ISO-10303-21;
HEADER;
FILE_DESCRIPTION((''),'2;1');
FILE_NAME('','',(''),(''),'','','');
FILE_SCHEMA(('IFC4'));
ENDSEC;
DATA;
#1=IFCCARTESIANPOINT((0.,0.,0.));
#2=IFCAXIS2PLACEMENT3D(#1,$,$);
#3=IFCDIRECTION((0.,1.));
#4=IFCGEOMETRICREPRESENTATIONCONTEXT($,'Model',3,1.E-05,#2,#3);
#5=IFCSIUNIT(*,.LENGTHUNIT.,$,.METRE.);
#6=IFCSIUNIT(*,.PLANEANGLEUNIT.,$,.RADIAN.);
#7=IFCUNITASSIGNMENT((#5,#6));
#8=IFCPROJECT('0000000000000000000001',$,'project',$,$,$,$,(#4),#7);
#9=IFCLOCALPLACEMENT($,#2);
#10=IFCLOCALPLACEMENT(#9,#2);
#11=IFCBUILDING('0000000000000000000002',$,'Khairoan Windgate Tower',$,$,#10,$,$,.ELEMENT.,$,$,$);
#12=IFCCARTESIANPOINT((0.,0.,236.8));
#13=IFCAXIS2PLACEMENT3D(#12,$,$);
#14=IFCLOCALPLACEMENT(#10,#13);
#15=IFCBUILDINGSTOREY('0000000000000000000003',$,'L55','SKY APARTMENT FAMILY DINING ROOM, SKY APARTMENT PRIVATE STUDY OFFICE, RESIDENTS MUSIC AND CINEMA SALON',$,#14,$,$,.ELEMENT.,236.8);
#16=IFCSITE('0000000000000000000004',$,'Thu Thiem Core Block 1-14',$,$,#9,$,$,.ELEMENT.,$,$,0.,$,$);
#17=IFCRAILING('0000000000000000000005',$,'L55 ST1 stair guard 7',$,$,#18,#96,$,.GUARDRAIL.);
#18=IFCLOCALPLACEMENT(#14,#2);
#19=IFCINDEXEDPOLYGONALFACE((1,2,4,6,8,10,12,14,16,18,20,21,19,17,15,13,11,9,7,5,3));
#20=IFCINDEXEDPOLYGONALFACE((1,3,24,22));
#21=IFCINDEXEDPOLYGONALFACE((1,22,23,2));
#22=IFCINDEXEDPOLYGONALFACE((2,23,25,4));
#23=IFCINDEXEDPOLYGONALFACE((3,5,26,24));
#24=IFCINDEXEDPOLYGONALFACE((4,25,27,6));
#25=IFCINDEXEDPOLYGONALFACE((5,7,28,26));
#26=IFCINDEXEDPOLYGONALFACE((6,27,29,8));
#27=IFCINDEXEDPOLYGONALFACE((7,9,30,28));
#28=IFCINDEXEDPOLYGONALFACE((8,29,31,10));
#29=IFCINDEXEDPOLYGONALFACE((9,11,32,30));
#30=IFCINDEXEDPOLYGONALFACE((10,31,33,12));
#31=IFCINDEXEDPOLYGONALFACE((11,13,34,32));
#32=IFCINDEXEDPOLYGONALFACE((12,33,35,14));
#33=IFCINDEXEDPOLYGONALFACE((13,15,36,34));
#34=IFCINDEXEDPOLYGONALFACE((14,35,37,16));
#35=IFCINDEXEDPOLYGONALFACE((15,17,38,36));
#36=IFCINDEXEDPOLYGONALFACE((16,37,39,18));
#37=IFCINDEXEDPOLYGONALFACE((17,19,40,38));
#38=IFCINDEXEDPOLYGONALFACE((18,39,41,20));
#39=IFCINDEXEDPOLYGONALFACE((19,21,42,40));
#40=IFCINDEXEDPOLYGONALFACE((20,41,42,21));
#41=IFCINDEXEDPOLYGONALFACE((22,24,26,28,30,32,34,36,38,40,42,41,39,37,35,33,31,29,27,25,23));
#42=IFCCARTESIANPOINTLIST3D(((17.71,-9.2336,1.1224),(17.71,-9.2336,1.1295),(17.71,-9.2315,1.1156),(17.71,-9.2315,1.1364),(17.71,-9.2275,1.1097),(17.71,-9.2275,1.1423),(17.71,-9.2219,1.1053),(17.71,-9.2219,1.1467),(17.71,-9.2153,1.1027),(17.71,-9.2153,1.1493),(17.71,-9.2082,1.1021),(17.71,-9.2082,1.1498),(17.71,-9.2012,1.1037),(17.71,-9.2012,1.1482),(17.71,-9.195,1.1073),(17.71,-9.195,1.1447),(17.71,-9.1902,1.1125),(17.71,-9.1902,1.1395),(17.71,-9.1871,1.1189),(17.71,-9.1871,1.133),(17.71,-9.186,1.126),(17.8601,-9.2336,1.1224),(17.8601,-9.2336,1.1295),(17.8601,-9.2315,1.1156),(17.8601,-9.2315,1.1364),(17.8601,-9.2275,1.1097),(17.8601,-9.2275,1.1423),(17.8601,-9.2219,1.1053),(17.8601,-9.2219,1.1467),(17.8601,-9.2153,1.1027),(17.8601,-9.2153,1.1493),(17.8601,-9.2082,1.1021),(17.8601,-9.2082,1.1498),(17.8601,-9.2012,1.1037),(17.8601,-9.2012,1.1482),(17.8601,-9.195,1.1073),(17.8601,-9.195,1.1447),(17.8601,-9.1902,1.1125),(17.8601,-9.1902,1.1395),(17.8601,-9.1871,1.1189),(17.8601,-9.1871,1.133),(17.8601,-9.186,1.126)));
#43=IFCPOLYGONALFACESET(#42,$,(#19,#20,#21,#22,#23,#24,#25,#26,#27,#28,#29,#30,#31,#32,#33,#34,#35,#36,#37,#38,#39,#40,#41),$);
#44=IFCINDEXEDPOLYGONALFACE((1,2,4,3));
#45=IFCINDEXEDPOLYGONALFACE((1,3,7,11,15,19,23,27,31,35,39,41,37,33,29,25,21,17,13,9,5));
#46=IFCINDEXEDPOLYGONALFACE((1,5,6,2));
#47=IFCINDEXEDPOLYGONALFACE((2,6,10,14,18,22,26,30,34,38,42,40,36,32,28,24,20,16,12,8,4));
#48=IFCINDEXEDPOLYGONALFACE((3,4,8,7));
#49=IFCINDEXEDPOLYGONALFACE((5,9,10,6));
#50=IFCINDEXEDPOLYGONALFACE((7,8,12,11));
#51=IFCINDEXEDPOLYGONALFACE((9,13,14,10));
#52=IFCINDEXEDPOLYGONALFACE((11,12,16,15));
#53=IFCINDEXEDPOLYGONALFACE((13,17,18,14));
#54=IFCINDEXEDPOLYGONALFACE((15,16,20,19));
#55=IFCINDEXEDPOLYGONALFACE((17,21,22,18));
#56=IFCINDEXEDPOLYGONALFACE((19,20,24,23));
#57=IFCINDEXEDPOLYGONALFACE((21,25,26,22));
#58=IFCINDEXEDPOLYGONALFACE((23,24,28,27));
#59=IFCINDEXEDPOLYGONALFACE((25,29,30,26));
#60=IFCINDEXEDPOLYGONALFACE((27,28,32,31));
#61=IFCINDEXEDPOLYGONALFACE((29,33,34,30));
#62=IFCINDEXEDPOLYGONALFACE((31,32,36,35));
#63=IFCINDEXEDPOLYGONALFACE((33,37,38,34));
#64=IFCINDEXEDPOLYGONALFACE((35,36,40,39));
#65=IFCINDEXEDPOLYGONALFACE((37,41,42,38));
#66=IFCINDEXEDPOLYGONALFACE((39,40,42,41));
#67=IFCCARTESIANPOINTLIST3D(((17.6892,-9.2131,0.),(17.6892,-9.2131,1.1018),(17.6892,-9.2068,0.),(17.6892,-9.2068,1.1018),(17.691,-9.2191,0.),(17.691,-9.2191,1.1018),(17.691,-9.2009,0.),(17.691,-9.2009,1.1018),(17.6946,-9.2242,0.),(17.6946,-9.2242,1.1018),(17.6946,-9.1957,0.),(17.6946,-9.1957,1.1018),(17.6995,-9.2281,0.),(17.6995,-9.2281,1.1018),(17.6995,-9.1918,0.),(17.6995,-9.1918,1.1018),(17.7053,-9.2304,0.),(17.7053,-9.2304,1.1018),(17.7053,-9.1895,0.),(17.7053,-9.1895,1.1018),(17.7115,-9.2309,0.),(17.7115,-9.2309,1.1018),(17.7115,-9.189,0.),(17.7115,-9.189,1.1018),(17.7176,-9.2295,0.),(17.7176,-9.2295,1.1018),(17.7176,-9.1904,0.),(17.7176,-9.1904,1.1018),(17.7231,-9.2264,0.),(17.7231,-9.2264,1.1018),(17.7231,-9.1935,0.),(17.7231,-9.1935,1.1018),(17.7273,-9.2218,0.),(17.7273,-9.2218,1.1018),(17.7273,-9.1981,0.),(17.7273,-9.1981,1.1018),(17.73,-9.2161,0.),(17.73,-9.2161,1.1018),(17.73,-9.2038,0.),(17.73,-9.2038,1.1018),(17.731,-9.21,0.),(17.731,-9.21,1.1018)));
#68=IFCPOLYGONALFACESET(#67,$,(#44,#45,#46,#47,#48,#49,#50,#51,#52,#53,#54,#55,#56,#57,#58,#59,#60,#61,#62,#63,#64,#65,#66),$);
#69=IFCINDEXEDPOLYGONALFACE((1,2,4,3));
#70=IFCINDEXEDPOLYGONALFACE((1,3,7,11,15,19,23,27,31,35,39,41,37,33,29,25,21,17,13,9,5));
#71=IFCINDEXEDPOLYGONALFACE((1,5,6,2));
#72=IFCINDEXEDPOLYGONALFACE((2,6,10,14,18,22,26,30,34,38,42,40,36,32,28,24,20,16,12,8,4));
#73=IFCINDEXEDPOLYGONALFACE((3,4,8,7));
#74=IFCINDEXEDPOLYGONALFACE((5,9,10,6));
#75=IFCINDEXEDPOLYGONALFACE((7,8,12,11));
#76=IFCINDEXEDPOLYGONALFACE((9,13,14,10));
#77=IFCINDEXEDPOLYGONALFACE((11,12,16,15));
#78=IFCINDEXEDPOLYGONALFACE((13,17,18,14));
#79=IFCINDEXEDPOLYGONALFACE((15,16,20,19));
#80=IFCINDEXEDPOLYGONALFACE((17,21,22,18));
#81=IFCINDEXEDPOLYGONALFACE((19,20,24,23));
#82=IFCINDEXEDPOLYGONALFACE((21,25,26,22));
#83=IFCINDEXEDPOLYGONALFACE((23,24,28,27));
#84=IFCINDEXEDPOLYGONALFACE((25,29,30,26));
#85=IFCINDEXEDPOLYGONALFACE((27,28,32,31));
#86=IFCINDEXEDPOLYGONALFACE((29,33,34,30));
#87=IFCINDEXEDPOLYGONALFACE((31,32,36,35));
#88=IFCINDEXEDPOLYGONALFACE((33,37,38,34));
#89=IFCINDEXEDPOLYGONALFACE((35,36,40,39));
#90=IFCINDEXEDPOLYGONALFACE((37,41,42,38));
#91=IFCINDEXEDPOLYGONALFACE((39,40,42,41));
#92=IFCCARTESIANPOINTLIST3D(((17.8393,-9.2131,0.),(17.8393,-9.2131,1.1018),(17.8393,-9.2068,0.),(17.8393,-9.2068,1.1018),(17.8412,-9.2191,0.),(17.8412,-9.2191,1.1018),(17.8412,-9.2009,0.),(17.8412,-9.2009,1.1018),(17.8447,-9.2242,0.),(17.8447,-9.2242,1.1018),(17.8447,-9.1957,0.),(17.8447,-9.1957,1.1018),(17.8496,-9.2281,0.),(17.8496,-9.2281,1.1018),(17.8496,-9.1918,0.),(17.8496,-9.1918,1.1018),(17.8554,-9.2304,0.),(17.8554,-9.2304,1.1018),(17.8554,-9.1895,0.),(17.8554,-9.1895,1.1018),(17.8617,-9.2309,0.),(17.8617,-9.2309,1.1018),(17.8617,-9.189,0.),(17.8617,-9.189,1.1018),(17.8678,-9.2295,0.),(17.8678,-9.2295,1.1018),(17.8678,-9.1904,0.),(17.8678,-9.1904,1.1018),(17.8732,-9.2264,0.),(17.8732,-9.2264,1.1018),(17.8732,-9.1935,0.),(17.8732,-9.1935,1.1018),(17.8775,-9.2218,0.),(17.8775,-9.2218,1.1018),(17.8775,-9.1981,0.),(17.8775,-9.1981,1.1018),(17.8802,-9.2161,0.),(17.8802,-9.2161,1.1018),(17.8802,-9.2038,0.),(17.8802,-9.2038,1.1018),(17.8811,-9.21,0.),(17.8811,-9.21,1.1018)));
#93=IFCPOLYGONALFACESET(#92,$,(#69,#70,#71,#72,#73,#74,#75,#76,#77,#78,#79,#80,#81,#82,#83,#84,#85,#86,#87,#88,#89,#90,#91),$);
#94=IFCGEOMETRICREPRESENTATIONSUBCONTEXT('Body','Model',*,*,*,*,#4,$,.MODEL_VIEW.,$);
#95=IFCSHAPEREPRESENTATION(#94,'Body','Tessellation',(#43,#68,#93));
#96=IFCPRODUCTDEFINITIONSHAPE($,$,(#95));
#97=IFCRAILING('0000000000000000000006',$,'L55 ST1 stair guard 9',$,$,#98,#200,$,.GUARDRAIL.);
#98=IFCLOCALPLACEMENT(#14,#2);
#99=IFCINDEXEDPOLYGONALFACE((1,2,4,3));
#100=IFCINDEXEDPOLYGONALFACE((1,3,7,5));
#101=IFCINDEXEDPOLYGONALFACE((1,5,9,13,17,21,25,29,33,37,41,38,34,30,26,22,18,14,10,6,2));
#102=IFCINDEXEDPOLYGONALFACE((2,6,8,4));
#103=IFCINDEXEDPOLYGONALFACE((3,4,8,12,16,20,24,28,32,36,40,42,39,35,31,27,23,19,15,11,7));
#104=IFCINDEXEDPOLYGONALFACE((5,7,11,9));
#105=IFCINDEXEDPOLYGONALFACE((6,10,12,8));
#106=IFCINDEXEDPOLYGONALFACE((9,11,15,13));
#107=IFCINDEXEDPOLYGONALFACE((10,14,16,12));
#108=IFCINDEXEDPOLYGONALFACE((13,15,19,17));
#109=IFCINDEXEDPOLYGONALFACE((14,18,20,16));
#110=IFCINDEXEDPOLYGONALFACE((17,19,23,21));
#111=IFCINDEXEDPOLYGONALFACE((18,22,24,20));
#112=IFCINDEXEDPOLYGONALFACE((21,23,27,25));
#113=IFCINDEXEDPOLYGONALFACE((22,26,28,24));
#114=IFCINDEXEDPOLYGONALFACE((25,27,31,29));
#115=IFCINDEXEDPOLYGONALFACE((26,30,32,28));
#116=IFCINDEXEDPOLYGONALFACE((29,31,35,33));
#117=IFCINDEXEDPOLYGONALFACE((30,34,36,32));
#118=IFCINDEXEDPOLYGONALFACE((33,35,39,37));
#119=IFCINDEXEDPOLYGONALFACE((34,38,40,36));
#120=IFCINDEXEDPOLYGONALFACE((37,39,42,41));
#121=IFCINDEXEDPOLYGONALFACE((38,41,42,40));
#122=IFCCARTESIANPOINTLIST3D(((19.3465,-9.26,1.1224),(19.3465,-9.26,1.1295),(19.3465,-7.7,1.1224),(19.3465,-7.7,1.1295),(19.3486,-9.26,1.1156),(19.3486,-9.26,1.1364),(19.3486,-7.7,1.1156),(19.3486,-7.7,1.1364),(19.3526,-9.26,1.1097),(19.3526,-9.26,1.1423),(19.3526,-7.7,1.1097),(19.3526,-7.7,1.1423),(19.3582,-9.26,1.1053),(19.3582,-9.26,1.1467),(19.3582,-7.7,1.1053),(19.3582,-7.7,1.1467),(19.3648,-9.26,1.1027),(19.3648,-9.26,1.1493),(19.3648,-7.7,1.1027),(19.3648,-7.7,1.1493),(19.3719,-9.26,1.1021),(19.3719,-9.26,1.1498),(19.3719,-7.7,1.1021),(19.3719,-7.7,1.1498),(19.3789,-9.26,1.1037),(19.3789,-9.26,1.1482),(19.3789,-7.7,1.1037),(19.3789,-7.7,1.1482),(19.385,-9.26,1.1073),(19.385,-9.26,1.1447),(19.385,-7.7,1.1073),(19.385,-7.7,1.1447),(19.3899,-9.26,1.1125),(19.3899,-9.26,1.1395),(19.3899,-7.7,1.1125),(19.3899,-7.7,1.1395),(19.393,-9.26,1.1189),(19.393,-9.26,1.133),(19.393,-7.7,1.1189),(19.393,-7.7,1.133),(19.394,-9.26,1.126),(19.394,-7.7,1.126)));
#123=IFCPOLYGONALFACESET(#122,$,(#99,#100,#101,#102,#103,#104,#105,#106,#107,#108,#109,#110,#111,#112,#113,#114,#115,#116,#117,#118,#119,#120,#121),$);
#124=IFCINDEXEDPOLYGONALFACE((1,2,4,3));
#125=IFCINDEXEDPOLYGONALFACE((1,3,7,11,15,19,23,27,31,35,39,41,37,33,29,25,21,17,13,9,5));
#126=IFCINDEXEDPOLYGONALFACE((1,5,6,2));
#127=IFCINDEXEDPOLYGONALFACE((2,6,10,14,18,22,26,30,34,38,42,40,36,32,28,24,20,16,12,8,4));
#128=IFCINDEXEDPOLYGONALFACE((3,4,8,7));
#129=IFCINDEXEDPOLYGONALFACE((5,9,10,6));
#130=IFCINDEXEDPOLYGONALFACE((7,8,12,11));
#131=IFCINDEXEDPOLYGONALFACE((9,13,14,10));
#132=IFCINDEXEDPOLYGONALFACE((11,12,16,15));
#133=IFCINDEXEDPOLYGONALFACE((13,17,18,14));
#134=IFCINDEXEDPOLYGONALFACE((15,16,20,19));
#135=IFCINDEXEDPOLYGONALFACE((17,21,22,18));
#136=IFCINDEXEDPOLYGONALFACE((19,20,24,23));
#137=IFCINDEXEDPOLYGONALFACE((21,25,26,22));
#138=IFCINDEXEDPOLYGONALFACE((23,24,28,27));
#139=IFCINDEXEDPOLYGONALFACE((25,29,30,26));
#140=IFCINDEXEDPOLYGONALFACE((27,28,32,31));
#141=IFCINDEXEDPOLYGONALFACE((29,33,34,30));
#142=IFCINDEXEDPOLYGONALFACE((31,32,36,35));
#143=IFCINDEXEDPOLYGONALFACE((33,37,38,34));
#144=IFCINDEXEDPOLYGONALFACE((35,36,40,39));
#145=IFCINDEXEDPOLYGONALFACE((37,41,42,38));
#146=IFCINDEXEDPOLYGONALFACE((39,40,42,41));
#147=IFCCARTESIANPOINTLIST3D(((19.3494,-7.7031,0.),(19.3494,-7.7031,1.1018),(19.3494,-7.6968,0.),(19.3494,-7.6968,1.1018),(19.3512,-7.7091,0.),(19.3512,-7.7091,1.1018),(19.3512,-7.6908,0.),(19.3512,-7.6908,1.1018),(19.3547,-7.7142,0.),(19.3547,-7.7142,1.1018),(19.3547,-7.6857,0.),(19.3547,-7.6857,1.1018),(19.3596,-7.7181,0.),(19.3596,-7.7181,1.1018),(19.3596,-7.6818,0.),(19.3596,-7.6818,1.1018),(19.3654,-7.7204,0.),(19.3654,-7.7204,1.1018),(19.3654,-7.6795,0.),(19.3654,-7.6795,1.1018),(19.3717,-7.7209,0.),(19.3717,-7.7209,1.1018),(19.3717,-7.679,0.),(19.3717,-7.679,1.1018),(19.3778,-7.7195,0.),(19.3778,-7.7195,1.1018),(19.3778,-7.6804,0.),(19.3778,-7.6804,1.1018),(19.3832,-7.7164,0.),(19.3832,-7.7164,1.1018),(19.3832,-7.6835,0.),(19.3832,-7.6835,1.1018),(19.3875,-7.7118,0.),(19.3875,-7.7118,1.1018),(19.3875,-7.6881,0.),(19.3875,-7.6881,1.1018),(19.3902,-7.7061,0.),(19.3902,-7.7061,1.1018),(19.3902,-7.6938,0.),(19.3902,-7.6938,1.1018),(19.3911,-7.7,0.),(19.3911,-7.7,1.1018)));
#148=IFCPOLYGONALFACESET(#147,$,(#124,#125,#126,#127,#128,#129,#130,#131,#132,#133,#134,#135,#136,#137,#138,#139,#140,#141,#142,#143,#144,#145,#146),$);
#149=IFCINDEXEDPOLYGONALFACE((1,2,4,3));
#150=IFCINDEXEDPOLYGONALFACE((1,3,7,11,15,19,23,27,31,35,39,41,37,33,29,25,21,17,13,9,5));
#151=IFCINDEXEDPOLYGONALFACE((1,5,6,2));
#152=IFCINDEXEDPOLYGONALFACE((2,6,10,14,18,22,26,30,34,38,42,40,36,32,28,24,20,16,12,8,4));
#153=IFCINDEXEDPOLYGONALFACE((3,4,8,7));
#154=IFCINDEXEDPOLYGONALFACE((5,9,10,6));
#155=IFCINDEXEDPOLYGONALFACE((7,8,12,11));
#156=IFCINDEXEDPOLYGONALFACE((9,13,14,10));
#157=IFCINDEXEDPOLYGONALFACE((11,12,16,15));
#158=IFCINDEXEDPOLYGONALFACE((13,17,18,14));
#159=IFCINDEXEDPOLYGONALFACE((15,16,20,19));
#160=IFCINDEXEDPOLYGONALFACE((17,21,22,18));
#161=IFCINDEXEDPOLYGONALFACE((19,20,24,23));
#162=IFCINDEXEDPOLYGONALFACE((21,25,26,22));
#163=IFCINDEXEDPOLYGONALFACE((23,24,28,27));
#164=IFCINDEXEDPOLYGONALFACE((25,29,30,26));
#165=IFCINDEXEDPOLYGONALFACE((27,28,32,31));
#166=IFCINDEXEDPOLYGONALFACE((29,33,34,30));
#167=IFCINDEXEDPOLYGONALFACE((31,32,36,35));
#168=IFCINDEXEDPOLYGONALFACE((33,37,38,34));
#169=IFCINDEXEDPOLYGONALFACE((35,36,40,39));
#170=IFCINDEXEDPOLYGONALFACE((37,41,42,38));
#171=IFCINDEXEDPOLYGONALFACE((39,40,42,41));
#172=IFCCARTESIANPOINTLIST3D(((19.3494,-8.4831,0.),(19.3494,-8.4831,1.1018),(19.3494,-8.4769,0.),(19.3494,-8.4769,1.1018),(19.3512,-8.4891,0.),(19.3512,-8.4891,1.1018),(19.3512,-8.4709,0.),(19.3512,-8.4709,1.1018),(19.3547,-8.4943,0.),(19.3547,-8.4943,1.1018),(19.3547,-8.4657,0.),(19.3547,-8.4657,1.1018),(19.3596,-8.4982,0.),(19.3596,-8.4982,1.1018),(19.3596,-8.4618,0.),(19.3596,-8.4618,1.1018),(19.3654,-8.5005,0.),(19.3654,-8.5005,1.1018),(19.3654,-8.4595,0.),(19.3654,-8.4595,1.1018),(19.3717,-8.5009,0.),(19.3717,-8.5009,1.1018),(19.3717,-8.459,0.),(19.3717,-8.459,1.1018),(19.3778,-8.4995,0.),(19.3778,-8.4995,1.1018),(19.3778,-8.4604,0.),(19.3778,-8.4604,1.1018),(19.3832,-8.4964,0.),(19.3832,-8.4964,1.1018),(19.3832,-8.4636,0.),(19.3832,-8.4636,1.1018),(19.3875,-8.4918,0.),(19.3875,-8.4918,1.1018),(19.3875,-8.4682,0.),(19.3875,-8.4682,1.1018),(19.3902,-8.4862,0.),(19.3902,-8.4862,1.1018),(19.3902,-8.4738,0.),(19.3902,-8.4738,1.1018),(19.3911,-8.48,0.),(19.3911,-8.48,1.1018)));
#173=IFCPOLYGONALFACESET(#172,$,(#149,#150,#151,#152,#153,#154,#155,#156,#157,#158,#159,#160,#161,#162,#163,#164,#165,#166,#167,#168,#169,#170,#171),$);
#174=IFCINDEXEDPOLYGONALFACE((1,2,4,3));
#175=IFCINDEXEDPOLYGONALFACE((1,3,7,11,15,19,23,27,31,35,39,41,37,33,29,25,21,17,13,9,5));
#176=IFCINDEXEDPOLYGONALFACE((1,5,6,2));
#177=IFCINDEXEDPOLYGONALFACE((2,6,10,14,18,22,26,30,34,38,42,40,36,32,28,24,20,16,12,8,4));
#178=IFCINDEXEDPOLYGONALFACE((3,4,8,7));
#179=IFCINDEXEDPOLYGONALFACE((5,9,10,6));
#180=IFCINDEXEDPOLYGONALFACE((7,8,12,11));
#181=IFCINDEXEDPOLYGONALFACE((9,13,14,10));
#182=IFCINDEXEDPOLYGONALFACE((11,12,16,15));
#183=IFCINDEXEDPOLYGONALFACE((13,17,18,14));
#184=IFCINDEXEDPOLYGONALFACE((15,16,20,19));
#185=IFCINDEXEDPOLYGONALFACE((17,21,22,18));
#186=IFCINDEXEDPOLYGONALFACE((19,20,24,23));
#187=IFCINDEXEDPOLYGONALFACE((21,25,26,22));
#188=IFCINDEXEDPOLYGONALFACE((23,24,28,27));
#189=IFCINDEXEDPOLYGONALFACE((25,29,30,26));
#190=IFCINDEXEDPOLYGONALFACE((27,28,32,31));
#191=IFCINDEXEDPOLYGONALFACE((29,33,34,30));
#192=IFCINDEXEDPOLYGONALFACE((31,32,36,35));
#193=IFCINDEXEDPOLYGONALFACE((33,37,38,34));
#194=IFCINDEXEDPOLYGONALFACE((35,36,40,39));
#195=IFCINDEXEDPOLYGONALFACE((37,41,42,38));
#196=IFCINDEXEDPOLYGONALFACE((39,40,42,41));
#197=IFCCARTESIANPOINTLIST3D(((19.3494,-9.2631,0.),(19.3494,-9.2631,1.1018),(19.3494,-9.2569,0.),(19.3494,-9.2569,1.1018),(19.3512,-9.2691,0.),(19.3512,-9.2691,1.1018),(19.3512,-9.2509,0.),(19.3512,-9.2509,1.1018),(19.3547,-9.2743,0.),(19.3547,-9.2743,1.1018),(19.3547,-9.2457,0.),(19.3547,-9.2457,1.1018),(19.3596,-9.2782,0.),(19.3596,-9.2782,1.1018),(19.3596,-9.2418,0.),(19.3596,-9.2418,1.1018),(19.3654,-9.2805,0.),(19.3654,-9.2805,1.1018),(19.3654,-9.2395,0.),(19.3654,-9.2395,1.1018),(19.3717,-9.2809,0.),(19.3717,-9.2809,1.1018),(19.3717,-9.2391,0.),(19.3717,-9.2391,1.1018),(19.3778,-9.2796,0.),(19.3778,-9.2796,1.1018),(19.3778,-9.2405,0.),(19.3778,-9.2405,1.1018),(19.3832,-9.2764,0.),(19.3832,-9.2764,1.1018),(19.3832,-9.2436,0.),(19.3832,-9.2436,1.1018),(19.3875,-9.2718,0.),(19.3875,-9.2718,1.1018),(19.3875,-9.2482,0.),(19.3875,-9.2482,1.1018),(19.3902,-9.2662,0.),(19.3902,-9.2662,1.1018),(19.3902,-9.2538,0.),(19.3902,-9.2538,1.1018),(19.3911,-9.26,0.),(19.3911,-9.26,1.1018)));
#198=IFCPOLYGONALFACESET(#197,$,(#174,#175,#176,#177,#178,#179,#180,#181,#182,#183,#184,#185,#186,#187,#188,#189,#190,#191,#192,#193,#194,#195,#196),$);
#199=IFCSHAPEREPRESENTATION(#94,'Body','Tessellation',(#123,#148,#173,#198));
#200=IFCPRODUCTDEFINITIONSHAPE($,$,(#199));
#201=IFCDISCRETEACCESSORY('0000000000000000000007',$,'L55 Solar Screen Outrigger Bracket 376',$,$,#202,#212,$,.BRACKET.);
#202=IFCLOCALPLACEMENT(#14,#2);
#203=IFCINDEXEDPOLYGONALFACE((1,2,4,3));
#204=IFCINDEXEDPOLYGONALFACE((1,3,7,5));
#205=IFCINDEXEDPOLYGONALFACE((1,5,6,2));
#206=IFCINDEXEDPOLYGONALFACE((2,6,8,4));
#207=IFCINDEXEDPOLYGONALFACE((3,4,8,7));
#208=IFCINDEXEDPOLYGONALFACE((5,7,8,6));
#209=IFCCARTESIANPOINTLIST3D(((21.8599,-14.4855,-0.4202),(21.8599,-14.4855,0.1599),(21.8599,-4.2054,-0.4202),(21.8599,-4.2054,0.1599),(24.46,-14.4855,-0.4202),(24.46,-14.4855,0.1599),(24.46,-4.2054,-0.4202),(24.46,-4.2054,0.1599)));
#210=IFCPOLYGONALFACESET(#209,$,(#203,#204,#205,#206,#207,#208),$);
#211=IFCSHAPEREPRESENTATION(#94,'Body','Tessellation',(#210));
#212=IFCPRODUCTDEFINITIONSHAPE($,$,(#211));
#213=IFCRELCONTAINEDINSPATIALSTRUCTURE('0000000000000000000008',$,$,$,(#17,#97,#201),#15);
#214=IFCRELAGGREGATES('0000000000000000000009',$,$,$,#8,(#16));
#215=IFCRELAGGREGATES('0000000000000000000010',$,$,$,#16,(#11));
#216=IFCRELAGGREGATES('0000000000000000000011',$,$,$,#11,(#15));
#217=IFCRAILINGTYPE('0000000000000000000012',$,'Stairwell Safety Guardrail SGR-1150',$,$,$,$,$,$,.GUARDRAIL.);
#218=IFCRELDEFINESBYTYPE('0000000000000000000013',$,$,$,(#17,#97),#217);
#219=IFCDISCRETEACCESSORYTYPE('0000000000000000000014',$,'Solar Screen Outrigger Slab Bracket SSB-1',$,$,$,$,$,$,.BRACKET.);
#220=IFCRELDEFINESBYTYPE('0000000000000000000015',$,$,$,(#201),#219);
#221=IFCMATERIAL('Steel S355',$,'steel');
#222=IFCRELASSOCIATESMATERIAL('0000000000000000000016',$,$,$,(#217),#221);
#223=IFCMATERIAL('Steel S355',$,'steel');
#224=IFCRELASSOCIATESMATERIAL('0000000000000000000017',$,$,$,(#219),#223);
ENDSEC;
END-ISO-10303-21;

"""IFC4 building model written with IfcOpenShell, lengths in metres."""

from ifc_helpers import new_model, si_unit, direction, frame, origin, origin_2d, place, context, subcontext, project, spatial, rectangle, circle, extrude, material, type_object, element, save


model = new_model("IFC4")

# Units and contexts
model_context = context("Model", 3, precision=1e-05, world=origin(), true_north=direction((0.0, 1.0)))
body_context = subcontext(model_context, "Body", "Model", "MODEL_VIEW")
ifc_project = project(units=[si_unit("LENGTHUNIT", "METRE"), si_unit("PLANEANGLEUNIT", "RADIAN")], contexts=[model_context])

# Site, building, storey
site_placement = place(None, origin())
site = spatial("IfcSite", under=ifc_project, at=site_placement, Name="Thu Thiem Core Block 1-14", CompositionType="ELEMENT", RefElevation=0.0)
building_placement = place(site_placement, origin())
building = spatial("IfcBuilding", under=site, at=building_placement, Name="Khairoan Windgate Tower", CompositionType="ELEMENT")
storey_placement = place(building_placement, frame((0.0, 0.0, 236.8)))
storey = spatial("IfcBuildingStorey", under=building, at=storey_placement, Name="L55", Description="SKY APARTMENT FAMILY DINING ROOM, SKY APARTMENT PRIVATE STUDY OFFICE, RESIDENTS MUSIC AND CINEMA SALON", CompositionType="ELEMENT", Elevation=236.8)

# Railings
ifc_material_1 = material(Name="Steel S355", Category="steel")
railing_type_1 = type_object("IfcRailingType", Name="Stairwell Safety Guardrail SGR-1150", PredefinedType="GUARDRAIL", material=ifc_material_1)
railing_1_placement = place(storey_placement, frame((17.71, -9.21, 0.0)))
element("IfcRailing", 1, at=railing_1_placement, inside=storey, type_object=railing_type_1, Name="L55 ST1 stair guard 7", PredefinedType="GUARDRAIL", context=body_context, shape_type="SweptSolid", body=[
    extrude(circle(Radius=0.0239, at=origin_2d()), frame((0.0, 0.0, 1.126), z_axis=(1.0, 0.0, 0.0), x_axis=(0.0, 1.0, 0.0)), (0.0, 0.0, 1.0), 0.1501),
    extrude(circle(Radius=0.021, at=origin_2d()), origin(), (0.0, 0.0, 1.0), 1.1018),
    extrude(circle(Radius=0.021, at=origin_2d()), frame((0.1501, 0.0, 0.0)), (0.0, 0.0, 1.0), 1.1018),
])
railing_2_placement = place(storey_placement, frame((19.3701, -7.7, 0.0)))
element("IfcRailing", 2, at=railing_2_placement, inside=storey, type_object=railing_type_1, Name="L55 ST1 stair guard 9", PredefinedType="GUARDRAIL", context=body_context, shape_type="SweptSolid", body=[
    extrude(circle(Radius=0.0239, at=origin_2d()), frame((0.0, 0.0, 1.126), z_axis=(0.0, -1.0, 0.0), x_axis=(1.0, 0.0, 0.0)), (0.0, 0.0, 1.0), 1.5601),
    extrude(circle(Radius=0.021, at=origin_2d()), origin(), (0.0, 0.0, 1.0), 1.1018),
    extrude(circle(Radius=0.021, at=origin_2d()), frame((0.0, -0.78, 0.0)), (0.0, 0.0, 1.0), 1.1018),
    extrude(circle(Radius=0.021, at=origin_2d()), frame((0.0, -1.5601, 0.0)), (0.0, 0.0, 1.0), 1.1018),
])

# Discrete accessory
ifc_material_2 = material(Name="Steel S355", Category="steel")
discrete_accessory_type = type_object("IfcDiscreteAccessoryType", Name="Solar Screen Outrigger Slab Bracket SSB-1", PredefinedType="BRACKET", material=ifc_material_2)
discrete_accessory_placement = place(storey_placement, frame((23.1599, -9.3455, -0.4202), z_axis=(0.0, 0.0, 1.0), x_axis=(0.0, -1.0, 0.0)))
element("IfcDiscreteAccessory", 3, at=discrete_accessory_placement, inside=storey, type_object=discrete_accessory_type, Name="L55 Solar Screen Outrigger Bracket 376", PredefinedType="BRACKET", context=body_context, shape_type="SweptSolid", body=[
    extrude(rectangle(XDim=10.28, YDim=2.6001, at=origin_2d()), origin(), (0.0, 0.0, 1.0), 0.5801),
])

save(model, "model.ifc")
